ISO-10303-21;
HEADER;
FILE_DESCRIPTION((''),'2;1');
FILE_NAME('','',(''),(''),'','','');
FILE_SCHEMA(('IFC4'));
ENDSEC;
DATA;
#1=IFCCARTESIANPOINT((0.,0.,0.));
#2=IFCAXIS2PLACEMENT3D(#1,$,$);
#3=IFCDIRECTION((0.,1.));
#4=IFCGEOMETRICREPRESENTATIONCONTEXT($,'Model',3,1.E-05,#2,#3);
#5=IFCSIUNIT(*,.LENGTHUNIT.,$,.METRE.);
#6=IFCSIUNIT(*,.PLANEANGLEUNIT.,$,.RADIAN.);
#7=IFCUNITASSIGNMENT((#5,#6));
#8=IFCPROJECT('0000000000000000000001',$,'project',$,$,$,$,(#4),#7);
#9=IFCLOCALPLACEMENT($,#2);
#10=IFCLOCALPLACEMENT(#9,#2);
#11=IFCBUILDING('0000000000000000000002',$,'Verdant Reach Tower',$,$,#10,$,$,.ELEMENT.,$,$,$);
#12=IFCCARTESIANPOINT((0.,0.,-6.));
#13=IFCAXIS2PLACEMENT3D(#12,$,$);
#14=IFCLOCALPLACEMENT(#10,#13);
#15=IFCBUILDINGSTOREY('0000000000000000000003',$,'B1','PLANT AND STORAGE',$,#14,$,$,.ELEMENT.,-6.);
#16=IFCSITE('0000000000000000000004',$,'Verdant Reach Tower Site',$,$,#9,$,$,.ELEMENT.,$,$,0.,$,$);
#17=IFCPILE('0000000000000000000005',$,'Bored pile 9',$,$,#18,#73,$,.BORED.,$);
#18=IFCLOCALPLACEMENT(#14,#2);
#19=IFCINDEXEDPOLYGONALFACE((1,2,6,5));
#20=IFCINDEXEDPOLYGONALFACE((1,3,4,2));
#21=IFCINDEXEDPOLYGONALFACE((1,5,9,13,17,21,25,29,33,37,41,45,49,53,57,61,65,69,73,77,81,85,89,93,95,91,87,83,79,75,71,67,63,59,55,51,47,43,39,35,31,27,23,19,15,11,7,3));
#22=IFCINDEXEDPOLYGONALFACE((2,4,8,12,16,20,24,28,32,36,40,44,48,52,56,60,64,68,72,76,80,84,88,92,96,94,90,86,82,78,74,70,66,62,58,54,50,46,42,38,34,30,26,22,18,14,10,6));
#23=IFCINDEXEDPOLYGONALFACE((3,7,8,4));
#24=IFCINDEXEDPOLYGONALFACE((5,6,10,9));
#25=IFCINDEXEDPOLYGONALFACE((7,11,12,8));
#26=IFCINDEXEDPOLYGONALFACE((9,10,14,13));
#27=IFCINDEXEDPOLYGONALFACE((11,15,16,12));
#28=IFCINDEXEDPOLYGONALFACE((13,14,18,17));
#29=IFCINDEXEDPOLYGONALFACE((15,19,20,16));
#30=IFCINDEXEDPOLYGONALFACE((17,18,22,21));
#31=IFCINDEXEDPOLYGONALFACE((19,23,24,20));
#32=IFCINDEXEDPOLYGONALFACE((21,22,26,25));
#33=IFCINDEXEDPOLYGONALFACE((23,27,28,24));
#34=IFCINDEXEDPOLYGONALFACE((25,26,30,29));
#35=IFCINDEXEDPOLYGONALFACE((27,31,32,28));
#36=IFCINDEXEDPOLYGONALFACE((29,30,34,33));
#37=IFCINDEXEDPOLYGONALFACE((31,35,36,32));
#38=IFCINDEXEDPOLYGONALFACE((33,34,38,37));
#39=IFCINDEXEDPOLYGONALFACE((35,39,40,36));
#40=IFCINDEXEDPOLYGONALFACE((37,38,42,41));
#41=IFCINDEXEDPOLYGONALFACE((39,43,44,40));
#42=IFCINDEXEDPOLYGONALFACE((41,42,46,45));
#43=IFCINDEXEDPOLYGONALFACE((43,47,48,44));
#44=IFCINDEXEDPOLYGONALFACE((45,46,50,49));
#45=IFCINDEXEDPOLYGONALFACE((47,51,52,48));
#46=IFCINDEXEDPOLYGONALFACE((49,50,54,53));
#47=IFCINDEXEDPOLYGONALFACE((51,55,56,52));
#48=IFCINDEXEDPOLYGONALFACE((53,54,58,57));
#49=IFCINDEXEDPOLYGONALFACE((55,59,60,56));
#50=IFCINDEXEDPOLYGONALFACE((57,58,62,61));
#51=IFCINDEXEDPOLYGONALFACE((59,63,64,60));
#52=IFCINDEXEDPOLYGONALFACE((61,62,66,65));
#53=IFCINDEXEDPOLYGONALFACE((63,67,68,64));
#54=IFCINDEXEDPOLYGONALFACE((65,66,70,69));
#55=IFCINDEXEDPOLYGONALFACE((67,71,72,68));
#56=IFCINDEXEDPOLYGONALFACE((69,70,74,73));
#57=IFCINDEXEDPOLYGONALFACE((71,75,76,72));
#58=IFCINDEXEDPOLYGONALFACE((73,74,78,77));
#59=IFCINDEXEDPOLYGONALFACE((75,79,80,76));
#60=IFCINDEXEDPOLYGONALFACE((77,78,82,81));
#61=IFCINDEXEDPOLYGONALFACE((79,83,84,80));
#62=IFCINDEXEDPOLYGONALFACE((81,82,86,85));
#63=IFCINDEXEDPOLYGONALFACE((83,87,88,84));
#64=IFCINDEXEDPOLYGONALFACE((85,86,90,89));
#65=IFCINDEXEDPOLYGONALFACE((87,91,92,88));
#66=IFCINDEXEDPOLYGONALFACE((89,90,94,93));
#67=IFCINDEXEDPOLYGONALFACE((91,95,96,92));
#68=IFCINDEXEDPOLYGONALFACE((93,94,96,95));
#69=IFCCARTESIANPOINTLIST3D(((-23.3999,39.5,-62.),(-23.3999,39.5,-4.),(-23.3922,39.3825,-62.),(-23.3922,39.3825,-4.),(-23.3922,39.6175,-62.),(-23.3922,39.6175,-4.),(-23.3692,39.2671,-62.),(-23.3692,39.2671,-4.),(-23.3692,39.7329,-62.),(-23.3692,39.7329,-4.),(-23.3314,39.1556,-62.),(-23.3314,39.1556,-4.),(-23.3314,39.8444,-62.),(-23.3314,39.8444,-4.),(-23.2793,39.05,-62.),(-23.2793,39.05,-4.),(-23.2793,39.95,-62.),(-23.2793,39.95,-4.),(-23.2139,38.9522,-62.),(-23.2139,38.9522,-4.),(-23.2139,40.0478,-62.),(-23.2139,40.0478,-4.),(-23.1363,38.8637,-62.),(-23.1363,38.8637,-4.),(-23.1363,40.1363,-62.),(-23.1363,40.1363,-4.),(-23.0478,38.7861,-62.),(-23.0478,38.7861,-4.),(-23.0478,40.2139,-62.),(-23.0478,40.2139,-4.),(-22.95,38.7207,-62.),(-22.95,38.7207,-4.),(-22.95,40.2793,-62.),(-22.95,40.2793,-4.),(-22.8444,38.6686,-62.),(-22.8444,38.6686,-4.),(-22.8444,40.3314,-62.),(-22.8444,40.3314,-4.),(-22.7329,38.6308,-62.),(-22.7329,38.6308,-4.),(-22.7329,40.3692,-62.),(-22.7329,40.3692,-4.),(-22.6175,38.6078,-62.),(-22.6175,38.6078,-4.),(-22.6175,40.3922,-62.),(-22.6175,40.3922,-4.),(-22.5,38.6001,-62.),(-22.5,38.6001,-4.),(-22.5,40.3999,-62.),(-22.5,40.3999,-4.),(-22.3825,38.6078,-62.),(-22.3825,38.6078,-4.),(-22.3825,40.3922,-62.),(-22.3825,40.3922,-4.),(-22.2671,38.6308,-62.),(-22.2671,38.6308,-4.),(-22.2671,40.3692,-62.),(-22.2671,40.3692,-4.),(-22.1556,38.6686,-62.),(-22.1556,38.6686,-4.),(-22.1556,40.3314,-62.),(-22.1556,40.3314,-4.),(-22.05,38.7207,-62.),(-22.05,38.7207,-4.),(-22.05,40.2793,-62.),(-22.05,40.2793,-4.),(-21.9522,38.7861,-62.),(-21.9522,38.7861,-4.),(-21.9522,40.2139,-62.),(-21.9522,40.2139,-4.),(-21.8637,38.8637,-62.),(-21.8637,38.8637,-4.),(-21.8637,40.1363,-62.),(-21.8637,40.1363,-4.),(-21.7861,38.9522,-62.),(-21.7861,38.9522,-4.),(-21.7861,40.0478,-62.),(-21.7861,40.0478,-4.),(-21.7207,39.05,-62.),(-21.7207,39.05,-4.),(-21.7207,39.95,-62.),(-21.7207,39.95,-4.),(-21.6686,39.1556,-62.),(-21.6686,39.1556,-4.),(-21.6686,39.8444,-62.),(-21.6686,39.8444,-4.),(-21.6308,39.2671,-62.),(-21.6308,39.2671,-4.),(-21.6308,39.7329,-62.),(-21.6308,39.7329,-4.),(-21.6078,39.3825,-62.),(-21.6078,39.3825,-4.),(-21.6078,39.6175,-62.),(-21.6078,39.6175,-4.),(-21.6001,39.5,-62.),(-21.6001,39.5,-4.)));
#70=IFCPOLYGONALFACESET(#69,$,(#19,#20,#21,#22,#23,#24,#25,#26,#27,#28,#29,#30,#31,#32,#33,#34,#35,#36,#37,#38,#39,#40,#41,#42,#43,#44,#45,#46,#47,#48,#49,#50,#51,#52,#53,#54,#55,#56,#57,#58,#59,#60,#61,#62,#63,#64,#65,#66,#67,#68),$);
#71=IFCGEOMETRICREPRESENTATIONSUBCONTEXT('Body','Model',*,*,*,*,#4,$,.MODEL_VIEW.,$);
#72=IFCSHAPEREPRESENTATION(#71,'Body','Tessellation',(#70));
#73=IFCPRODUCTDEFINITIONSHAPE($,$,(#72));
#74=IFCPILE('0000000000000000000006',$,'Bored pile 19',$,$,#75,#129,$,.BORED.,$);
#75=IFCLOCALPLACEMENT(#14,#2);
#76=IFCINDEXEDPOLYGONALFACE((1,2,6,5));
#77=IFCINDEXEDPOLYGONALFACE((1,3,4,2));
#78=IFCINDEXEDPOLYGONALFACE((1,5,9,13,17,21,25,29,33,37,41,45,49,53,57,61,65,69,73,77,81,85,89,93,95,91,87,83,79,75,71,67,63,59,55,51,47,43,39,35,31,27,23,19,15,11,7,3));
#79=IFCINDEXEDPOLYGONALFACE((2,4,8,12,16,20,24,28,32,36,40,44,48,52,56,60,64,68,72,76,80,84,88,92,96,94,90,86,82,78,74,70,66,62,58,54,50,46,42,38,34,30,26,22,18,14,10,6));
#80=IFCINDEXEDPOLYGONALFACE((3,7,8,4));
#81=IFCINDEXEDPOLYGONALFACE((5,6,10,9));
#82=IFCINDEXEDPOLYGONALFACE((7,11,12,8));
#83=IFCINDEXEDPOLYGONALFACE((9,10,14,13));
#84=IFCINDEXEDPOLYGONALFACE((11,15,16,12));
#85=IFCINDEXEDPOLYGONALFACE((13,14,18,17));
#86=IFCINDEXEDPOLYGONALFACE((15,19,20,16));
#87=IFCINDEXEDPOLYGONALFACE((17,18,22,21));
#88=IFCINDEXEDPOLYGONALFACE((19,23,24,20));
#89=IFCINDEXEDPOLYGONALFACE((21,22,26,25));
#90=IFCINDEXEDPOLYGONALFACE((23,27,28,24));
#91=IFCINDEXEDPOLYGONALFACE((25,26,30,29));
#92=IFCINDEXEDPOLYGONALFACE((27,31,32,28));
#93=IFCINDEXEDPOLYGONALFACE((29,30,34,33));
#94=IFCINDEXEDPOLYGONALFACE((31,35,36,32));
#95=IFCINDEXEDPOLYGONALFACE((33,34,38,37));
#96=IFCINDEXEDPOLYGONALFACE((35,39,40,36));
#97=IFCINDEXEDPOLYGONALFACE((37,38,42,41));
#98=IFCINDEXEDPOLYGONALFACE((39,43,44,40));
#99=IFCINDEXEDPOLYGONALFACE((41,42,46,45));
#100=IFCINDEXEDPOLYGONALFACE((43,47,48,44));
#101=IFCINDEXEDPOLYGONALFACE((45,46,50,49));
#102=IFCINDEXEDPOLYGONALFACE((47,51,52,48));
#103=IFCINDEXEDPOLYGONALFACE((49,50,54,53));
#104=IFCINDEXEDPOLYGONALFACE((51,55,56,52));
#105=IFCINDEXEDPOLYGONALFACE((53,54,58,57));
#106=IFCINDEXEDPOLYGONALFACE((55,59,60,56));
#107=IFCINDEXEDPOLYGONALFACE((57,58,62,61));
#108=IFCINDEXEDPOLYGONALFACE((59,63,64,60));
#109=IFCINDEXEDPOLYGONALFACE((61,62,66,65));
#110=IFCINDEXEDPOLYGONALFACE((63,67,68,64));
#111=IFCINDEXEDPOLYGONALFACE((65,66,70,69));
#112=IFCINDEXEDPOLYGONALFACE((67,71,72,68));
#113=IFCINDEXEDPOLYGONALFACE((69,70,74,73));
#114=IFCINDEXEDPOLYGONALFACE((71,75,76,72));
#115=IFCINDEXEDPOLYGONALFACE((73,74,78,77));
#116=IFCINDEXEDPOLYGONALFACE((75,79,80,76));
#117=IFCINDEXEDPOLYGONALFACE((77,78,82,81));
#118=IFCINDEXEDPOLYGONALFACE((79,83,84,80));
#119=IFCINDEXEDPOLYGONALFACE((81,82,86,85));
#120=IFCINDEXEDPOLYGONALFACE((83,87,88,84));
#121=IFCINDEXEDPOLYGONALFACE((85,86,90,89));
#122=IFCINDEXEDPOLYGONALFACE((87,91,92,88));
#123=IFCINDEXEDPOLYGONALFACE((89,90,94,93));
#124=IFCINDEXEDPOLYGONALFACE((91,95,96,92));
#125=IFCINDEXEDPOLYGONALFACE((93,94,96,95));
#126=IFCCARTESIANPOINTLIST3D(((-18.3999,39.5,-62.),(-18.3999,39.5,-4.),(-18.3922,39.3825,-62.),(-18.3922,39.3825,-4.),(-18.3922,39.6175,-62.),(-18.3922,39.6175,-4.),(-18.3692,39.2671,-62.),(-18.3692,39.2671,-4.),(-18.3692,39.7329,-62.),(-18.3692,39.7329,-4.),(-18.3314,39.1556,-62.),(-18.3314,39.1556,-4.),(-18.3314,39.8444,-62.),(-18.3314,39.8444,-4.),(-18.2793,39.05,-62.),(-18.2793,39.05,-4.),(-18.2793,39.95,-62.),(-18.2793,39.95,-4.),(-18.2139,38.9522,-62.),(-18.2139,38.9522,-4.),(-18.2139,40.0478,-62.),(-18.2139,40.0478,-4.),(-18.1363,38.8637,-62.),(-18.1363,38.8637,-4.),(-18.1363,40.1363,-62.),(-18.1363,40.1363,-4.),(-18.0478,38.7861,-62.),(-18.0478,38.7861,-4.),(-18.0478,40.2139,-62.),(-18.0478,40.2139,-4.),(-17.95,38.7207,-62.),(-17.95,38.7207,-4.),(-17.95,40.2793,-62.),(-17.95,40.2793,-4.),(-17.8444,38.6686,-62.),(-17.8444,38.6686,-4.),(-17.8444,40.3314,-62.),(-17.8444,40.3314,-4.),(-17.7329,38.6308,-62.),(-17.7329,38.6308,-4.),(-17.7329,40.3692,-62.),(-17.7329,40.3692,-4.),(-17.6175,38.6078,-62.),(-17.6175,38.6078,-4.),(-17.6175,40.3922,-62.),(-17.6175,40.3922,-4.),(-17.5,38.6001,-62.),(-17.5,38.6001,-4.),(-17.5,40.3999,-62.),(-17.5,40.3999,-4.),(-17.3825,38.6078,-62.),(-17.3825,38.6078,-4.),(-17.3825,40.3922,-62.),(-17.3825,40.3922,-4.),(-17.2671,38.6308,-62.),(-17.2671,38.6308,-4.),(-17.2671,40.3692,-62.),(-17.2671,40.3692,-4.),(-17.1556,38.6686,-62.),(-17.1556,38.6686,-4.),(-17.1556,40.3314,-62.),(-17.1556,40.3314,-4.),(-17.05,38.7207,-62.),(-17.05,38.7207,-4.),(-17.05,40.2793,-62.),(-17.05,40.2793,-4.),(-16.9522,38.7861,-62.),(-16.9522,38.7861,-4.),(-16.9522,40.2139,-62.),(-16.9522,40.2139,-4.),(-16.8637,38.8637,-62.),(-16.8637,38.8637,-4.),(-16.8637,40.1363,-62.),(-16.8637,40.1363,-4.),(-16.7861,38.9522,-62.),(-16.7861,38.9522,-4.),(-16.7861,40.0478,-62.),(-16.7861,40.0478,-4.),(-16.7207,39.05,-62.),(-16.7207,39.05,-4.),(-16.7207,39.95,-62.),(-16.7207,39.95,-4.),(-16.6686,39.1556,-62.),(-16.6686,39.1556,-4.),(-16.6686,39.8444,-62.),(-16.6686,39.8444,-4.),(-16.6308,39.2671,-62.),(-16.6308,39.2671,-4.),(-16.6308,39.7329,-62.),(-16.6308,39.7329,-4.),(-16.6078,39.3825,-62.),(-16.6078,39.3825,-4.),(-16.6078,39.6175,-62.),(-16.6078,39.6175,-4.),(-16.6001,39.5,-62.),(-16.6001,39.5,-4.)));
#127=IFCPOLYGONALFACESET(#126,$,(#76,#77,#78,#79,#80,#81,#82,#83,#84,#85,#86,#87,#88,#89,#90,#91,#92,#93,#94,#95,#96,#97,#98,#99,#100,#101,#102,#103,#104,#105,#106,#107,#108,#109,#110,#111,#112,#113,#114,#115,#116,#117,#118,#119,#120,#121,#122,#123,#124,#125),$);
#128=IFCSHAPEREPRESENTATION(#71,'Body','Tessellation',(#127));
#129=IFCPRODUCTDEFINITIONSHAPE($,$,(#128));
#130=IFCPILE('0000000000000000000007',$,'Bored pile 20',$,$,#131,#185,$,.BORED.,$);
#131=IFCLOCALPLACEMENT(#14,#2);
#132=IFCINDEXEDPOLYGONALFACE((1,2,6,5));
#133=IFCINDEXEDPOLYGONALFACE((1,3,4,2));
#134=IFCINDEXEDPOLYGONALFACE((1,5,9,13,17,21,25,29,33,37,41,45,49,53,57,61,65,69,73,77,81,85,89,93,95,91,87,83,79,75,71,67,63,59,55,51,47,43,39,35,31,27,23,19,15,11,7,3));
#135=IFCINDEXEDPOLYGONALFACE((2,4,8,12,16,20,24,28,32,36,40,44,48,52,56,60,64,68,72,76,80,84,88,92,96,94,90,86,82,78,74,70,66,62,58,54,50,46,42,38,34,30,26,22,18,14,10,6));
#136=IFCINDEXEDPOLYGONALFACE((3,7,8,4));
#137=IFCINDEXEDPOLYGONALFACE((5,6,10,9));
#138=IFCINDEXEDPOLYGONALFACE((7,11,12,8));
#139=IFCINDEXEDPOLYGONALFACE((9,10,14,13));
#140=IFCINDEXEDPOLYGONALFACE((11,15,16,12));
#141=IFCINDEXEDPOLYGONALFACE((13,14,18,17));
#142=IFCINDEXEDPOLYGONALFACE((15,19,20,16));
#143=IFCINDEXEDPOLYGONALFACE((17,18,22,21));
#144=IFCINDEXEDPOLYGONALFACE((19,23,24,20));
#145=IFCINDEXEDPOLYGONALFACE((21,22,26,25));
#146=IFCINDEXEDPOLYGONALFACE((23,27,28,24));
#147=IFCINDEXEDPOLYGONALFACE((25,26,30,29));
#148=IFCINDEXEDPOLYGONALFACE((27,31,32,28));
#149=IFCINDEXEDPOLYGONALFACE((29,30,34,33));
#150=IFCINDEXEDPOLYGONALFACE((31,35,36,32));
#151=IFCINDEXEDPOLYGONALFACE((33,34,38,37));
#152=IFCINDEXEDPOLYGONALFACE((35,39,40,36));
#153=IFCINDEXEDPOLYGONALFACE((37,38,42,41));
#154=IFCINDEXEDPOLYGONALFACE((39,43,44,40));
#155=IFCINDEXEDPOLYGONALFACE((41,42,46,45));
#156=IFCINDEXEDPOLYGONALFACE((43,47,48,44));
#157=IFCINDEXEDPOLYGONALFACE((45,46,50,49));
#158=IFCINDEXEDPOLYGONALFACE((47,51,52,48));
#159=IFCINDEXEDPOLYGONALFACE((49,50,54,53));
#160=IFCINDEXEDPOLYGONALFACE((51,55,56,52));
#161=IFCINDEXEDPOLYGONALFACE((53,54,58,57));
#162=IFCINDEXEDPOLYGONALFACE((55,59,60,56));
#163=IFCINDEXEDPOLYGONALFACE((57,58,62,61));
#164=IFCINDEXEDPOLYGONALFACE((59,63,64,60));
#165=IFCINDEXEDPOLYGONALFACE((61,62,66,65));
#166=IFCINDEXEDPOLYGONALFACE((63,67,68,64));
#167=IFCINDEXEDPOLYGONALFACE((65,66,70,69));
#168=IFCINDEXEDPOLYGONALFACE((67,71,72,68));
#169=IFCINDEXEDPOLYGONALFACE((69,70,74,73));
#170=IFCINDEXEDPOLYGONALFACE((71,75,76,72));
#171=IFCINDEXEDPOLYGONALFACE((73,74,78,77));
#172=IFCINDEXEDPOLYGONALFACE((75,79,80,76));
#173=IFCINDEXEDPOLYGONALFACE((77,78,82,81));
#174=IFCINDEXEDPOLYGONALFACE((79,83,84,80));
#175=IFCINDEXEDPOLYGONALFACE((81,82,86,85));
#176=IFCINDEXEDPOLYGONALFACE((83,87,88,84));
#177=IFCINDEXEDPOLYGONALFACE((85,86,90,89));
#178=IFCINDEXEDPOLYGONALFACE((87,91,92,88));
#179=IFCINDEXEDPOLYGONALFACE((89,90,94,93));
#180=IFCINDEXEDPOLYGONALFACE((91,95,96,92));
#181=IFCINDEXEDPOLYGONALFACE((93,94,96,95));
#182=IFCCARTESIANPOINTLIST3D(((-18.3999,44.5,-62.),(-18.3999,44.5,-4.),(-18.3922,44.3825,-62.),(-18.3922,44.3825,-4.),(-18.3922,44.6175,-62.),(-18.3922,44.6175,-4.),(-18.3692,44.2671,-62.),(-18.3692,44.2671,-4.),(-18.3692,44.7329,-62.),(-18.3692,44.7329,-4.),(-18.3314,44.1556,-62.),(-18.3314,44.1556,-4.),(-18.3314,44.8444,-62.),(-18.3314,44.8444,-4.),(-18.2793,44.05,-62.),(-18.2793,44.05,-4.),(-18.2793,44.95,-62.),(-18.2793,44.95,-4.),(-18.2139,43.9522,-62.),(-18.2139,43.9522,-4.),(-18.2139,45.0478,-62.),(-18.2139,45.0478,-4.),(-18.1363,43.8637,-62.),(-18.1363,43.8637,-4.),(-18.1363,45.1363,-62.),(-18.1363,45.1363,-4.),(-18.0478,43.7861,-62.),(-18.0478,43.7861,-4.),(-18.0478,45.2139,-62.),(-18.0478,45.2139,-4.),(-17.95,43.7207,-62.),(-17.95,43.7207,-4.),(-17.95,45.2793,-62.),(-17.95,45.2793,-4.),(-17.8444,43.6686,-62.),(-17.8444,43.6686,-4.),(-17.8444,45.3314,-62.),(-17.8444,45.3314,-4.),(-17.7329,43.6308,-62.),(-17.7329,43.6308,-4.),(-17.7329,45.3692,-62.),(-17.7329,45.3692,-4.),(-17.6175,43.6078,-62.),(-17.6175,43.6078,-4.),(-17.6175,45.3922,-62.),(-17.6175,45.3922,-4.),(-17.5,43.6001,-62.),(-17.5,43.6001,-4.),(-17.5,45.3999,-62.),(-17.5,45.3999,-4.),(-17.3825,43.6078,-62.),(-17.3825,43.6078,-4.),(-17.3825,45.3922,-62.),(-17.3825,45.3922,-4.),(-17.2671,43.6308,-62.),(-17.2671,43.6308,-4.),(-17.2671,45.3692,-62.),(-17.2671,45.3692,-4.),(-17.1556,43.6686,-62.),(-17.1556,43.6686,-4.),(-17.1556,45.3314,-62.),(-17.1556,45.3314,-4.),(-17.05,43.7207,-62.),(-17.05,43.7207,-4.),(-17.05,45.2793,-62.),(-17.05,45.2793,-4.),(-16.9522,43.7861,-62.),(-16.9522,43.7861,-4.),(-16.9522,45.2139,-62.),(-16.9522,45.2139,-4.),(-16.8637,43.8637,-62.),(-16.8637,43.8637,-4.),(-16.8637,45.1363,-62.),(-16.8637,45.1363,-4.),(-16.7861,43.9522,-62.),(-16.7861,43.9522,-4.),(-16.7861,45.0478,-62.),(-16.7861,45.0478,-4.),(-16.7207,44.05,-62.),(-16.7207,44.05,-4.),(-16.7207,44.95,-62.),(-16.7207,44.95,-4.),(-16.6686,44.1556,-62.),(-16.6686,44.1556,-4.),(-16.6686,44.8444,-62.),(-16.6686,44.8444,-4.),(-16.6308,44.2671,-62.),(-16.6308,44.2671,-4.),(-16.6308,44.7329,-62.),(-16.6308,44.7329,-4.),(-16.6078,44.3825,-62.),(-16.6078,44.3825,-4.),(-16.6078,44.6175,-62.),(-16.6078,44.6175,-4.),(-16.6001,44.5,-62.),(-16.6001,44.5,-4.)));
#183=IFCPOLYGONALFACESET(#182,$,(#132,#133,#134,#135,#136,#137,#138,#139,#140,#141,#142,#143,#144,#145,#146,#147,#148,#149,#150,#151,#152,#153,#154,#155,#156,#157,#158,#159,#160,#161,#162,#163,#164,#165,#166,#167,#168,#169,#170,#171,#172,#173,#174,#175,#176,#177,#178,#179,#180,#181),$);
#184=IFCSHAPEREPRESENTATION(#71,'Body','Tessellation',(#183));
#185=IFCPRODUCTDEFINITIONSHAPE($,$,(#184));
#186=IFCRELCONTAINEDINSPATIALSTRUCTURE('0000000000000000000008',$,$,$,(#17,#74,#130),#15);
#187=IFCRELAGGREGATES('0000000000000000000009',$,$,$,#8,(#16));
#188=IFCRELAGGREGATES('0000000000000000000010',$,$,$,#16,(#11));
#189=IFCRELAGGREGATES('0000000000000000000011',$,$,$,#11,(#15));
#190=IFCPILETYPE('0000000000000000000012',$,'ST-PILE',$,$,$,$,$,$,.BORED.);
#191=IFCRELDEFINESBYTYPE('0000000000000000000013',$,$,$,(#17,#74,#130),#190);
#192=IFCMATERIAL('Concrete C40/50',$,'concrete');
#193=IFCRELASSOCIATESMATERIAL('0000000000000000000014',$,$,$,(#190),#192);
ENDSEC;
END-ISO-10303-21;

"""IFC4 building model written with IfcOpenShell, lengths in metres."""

from ifc_helpers import new_model, si_unit, direction, frame, origin, origin_2d, place, context, subcontext, project, spatial, circle, extrude, material, material_profile, profile_set, type_object, element, save


model = new_model("IFC4")

# Units and contexts
model_context = context("Model", 3, precision=1e-05, world=origin(), true_north=direction((0.0, 1.0)))
body_context = subcontext(model_context, "Body", "Model", "MODEL_VIEW")
ifc_project = project(units=[si_unit("LENGTHUNIT", "METRE"), si_unit("PLANEANGLEUNIT", "RADIAN")], contexts=[model_context])

# Site, building, storey
site_placement = place(None, origin())
site = spatial("IfcSite", under=ifc_project, at=site_placement, Name="Verdant Reach Tower Site", CompositionType="ELEMENT", RefElevation=0.0)
building_placement = place(site_placement, origin())
building = spatial("IfcBuilding", under=site, at=building_placement, Name="Verdant Reach Tower", CompositionType="ELEMENT")
storey_placement = place(building_placement, frame((0.0, 0.0, -6.0)))
storey = spatial("IfcBuildingStorey", under=building, at=storey_placement, Name="B1", Description="PLANT AND STORAGE", CompositionType="ELEMENT", Elevation=-6.0)

# Piles
ifc_material_1 = material(Name="Concrete C40/50", Category="concrete")
ifc_material_profile_1 = material_profile(ifc_material_1, circle(Radius=0.8999, at=origin_2d()), Name="BP 1800")
ifc_profile_set_1 = profile_set([ifc_material_profile_1], Name="Concrete C40/50")
pile_type = type_object("IfcPileType", Name="ST-PILE", PredefinedType="BORED", material=ifc_profile_set_1)
for number, where, z_axis, x_axis, name in (
    (1, (-22.5, 39.5, -4.0), (0.0, 0.0, -1.0), (1.0, 0.0, 0.0), "Bored pile 9"),
    (2, (-17.5, 39.5, -4.0), (0.0, 0.0, -1.0), (1.0, 0.0, 0.0), "Bored pile 19"),
    (3, (-17.5, 44.5, -4.0), (0.0, 0.0, -1.0), (1.0, 0.0, 0.0), "Bored pile 20"),
):
    element("IfcPile", number, at=place(storey_placement, frame(where, z_axis=z_axis, x_axis=x_axis)), inside=storey, type_object=pile_type, Name=name, PredefinedType="BORED", context=body_context, shape_type="SweptSolid", body=[
        extrude(circle(Radius=0.8999, at=origin_2d()), origin(), (0.0, 0.0, 1.0), 58.0),
    ])

save(model, "model.ifc")
